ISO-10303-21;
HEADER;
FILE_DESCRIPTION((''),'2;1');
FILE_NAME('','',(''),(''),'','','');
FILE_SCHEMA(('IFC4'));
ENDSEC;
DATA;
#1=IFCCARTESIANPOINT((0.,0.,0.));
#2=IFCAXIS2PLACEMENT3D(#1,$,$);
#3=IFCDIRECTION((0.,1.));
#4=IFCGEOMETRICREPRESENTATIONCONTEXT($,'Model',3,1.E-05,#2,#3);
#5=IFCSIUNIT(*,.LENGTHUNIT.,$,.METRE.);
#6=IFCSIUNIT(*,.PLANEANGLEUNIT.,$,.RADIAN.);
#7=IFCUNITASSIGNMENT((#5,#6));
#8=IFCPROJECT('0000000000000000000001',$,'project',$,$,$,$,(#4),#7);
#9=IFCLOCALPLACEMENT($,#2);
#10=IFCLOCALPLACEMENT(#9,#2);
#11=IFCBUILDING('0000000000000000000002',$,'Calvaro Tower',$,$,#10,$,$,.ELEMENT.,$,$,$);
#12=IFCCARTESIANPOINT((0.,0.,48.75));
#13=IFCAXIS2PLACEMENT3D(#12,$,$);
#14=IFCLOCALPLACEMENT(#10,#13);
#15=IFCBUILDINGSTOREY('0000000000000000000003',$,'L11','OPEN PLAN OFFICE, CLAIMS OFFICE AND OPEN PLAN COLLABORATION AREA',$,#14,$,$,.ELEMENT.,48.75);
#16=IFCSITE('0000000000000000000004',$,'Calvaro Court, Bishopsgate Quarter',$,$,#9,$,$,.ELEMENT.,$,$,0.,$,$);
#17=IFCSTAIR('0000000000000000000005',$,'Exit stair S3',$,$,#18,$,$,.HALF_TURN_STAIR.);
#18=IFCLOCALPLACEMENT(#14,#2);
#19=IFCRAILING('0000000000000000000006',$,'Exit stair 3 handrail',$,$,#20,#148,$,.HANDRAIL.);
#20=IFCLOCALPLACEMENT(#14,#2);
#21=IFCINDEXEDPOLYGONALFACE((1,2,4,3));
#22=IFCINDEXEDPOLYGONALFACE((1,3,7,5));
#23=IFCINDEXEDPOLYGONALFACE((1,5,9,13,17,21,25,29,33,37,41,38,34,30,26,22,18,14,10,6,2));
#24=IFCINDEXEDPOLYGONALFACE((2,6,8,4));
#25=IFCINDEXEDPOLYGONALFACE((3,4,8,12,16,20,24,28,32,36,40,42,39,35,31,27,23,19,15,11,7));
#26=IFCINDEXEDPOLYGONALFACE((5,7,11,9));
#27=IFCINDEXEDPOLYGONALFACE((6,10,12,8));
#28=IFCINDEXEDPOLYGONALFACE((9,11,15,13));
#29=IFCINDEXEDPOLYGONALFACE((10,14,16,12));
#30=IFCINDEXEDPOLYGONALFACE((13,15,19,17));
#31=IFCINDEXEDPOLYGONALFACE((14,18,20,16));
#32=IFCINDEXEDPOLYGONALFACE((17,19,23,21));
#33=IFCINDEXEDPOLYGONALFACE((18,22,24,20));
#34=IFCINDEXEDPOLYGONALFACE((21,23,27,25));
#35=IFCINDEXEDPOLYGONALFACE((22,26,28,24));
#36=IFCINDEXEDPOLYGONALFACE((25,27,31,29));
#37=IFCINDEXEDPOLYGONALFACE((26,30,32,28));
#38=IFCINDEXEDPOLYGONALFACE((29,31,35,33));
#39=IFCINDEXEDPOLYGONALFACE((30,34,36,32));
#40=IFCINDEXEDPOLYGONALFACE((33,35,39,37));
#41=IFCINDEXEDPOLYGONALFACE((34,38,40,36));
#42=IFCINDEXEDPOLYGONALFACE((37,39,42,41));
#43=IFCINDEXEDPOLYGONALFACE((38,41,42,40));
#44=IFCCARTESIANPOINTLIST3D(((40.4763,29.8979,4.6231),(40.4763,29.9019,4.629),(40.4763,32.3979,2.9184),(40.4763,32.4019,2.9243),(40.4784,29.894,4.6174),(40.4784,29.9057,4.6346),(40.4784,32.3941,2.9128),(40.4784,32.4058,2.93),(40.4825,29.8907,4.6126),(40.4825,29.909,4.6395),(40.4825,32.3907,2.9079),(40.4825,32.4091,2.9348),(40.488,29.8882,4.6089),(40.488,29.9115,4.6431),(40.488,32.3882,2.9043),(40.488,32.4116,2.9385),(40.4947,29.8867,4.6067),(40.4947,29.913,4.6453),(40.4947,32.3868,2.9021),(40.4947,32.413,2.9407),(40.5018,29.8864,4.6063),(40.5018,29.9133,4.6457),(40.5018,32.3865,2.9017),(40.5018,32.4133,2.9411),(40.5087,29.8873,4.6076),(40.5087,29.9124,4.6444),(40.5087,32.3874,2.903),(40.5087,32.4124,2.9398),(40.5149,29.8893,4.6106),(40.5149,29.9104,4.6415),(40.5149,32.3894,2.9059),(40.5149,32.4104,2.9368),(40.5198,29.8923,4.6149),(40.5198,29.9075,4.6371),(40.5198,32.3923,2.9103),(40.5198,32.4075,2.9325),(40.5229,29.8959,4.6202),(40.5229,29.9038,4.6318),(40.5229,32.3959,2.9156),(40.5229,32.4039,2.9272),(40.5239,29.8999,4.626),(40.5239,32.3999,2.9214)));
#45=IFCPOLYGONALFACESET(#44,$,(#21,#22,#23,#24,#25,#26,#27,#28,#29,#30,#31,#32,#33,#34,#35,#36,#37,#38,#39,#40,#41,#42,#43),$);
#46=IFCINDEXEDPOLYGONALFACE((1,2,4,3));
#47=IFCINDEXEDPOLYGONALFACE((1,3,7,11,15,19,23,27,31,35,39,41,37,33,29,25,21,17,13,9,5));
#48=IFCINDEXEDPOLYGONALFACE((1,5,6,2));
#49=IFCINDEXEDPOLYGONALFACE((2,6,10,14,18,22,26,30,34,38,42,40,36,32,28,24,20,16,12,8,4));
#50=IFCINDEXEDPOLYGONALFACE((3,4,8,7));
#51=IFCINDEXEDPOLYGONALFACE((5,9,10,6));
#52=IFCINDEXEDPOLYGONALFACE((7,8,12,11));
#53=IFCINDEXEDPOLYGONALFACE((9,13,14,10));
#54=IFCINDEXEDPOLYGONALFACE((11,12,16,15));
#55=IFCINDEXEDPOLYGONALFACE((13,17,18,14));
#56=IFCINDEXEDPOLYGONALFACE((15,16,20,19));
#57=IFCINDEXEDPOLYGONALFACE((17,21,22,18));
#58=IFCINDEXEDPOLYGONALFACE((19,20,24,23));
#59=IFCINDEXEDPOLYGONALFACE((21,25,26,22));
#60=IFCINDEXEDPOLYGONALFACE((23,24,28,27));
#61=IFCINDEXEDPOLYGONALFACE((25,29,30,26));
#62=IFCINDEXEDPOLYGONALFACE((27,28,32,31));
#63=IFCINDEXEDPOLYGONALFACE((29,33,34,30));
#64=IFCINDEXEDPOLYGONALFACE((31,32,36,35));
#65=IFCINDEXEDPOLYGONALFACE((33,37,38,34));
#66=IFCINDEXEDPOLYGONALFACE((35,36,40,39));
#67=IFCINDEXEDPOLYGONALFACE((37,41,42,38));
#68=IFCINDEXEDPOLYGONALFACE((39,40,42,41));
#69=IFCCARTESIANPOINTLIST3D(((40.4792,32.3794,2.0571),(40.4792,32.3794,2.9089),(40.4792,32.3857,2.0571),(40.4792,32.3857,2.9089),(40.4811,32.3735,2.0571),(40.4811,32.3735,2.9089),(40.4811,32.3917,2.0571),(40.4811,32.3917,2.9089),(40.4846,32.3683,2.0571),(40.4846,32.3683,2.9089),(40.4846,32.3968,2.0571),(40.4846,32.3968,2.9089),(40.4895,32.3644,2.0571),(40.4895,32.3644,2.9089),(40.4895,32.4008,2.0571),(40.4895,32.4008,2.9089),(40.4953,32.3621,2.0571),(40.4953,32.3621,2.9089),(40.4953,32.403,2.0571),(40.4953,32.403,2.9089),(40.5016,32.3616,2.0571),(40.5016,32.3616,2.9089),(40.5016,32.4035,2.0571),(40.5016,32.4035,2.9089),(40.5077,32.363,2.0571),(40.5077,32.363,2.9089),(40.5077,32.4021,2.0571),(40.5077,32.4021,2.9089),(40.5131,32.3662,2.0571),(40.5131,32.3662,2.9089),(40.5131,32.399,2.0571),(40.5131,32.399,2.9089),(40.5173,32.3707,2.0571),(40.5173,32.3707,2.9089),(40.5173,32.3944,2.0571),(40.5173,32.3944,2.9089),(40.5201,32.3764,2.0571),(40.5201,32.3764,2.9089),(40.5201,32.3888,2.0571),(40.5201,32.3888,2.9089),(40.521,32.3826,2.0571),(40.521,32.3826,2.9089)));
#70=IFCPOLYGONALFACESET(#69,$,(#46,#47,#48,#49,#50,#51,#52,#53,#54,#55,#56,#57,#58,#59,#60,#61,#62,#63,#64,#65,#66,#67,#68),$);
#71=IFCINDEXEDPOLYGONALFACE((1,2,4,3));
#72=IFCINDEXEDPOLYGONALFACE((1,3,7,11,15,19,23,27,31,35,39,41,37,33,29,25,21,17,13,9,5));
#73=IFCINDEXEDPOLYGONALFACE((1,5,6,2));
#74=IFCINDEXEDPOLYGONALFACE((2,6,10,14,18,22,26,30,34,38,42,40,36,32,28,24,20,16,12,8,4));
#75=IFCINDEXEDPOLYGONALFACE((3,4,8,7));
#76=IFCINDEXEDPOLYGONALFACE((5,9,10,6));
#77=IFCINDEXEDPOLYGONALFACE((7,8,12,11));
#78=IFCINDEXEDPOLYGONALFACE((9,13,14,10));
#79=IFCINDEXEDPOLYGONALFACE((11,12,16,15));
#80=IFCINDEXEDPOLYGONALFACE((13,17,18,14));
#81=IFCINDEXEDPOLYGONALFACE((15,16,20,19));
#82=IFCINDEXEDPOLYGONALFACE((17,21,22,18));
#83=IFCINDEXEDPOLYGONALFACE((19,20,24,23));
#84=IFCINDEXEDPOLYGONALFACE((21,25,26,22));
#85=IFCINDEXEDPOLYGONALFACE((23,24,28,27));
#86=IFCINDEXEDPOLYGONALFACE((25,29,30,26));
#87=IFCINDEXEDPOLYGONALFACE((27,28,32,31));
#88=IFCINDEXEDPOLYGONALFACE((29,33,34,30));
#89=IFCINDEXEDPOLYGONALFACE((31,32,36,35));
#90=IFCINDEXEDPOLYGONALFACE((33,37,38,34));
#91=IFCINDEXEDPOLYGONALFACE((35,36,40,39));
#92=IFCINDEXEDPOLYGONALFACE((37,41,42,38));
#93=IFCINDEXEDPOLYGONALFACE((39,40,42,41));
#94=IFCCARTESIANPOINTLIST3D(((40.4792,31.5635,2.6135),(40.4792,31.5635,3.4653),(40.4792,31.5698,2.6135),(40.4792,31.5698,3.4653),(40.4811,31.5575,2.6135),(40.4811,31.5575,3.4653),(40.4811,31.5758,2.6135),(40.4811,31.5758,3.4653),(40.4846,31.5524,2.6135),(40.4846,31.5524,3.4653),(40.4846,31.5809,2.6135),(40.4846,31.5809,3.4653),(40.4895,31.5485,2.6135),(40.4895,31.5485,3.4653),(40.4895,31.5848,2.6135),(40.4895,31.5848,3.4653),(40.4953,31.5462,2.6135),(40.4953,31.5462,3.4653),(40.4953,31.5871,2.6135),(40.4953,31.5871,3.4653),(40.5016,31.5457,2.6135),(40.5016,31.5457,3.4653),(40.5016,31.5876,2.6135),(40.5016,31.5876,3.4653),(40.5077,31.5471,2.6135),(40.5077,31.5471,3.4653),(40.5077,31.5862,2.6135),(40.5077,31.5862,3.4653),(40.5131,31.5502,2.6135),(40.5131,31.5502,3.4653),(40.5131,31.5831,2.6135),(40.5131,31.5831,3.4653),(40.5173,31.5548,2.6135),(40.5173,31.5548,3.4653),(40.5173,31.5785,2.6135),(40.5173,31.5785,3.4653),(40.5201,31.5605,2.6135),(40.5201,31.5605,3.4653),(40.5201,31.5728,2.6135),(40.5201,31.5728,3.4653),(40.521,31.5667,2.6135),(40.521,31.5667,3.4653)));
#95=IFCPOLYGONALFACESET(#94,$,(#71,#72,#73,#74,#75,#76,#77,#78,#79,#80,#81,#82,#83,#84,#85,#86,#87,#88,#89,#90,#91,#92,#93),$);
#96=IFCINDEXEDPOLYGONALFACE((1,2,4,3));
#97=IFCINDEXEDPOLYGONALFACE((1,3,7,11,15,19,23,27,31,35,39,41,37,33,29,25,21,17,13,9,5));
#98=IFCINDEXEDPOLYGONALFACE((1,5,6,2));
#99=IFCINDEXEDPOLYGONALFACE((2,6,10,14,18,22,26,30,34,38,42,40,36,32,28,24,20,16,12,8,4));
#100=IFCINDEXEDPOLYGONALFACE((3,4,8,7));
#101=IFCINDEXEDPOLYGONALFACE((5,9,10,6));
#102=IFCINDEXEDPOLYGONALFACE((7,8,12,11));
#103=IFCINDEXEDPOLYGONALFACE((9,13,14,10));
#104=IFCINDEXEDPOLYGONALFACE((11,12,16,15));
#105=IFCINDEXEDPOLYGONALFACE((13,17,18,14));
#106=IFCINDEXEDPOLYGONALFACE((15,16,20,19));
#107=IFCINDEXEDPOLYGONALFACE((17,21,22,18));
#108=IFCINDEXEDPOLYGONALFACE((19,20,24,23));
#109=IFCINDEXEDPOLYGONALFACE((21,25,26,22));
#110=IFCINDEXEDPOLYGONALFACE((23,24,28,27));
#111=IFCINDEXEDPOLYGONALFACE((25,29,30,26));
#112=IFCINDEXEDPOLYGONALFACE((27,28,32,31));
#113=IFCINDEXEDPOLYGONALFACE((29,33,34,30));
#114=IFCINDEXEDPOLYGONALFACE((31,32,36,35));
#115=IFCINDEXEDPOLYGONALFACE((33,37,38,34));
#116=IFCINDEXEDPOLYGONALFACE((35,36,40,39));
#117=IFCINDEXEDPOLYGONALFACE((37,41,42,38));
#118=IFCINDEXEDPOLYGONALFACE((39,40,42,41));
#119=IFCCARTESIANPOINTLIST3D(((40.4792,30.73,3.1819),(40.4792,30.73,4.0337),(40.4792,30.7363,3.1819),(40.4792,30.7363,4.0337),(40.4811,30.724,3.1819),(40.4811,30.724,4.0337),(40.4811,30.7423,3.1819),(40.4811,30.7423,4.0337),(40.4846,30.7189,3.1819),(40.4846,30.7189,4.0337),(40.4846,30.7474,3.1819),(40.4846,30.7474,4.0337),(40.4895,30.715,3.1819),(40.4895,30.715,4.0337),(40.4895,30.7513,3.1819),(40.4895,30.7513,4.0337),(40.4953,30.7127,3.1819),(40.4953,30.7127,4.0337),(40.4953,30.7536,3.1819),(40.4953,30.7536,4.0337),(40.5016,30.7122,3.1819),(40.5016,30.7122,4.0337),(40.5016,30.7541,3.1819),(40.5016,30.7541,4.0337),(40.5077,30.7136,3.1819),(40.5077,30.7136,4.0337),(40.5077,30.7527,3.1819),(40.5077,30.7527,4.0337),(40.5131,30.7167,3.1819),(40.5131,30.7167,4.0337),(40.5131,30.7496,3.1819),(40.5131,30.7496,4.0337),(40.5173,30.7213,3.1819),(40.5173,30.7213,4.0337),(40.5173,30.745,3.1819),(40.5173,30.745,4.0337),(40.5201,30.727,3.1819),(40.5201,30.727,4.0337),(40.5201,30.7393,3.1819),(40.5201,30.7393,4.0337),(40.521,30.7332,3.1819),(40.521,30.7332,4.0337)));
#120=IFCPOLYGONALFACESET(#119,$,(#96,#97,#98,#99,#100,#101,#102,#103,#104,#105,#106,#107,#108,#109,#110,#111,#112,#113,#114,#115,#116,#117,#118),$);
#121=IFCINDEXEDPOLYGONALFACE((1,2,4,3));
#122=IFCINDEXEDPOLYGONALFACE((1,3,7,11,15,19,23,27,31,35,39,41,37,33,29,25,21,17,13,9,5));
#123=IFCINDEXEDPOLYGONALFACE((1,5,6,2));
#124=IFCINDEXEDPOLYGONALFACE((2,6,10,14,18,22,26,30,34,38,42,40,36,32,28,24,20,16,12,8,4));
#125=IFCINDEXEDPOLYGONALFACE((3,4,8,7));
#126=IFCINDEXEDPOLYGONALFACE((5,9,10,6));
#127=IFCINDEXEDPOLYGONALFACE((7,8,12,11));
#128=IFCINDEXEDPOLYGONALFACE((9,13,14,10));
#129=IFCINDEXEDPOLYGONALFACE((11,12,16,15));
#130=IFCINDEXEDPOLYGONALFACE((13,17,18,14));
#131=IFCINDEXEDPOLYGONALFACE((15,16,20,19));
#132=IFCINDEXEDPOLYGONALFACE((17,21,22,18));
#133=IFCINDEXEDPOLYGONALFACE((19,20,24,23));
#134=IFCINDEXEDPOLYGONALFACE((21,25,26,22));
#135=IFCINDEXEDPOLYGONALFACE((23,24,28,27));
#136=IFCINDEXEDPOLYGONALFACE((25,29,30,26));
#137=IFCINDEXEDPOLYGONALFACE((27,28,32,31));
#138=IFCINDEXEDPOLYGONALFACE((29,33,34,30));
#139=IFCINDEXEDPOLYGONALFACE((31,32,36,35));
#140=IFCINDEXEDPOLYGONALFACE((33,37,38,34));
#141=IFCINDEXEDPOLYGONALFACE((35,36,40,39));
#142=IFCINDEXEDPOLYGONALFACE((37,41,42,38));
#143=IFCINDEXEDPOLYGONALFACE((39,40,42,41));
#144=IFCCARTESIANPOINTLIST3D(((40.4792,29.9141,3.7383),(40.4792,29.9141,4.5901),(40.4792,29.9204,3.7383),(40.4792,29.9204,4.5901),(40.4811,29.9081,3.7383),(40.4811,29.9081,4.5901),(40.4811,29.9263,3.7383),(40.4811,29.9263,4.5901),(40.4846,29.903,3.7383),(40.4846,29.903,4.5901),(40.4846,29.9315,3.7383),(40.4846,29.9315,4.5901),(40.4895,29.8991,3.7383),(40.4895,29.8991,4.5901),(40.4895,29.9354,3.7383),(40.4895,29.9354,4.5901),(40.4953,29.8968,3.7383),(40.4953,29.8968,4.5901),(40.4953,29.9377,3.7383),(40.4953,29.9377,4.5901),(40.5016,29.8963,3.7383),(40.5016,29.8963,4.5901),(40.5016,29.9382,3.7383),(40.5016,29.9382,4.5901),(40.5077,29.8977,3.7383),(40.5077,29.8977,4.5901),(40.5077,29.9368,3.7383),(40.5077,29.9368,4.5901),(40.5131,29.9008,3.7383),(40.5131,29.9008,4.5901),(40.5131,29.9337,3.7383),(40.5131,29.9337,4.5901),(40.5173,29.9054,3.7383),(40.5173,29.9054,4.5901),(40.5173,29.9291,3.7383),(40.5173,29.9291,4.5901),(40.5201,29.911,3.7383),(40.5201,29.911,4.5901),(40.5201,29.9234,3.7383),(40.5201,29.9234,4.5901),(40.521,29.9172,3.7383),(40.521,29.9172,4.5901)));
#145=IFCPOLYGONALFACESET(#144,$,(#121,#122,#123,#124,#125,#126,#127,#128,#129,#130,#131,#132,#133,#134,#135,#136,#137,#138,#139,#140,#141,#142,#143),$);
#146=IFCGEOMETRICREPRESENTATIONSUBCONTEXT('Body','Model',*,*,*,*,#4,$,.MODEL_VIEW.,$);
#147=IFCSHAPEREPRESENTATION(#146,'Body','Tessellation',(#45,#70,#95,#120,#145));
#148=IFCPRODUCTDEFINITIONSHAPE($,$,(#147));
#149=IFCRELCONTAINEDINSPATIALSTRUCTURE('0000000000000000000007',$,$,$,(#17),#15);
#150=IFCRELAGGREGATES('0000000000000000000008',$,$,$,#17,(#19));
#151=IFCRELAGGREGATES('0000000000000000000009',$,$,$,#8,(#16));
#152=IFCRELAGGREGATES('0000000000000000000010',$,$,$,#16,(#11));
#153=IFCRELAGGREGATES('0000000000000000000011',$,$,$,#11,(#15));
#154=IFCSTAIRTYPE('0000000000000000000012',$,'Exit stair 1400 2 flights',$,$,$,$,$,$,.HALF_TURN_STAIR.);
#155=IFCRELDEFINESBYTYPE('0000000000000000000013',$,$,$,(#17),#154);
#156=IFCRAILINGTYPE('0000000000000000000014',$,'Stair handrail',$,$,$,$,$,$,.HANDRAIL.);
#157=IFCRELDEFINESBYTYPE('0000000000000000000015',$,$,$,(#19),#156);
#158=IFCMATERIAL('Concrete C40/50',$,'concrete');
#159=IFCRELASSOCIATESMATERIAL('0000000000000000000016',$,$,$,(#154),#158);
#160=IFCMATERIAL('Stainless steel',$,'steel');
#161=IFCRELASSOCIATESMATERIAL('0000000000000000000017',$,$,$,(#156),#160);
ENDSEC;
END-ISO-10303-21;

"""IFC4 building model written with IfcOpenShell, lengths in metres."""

from ifc_helpers import new_model, si_unit, direction, frame, origin, origin_2d, place, context, subcontext, project, spatial, circle, extrude, material, type_object, element, aggregate, save


model = new_model("IFC4")

# Units and contexts
model_context = context("Model", 3, precision=1e-05, world=origin(), true_north=direction((0.0, 1.0)))
body_context = subcontext(model_context, "Body", "Model", "MODEL_VIEW")
ifc_project = project(units=[si_unit("LENGTHUNIT", "METRE"), si_unit("PLANEANGLEUNIT", "RADIAN")], contexts=[model_context])

# Site, building, storey
site_placement = place(None, origin())
site = spatial("IfcSite", under=ifc_project, at=site_placement, Name="Calvaro Court, Bishopsgate Quarter", CompositionType="ELEMENT", RefElevation=0.0)
building_placement = place(site_placement, origin())
building = spatial("IfcBuilding", under=site, at=building_placement, Name="Calvaro Tower", CompositionType="ELEMENT")
storey_placement = place(building_placement, frame((0.0, 0.0, 48.75)))
storey = spatial("IfcBuildingStorey", under=building, at=storey_placement, Name="L11", Description="OPEN PLAN OFFICE, CLAIMS OFFICE AND OPEN PLAN COLLABORATION AREA", CompositionType="ELEMENT", Elevation=48.75)

# Stair
ifc_material_1 = material(Name="Concrete C40/50", Category="concrete")
stair_type = type_object("IfcStairType", Name="Exit stair 1400 2 flights", PredefinedType="HALF_TURN_STAIR", material=ifc_material_1)
stair_1_placement = place(storey_placement, origin())
stair_1 = element("IfcStair", 1, at=stair_1_placement, inside=storey, type_object=stair_type, Name="Exit stair S3", PredefinedType="HALF_TURN_STAIR")

# Railing
ifc_material_2 = material(Name="Stainless steel", Category="steel")
railing_type = type_object("IfcRailingType", Name="Stair handrail", PredefinedType="HANDRAIL", material=ifc_material_2)
railing_1_placement = place(storey_placement, frame((40.5, 32.3999, 2.0454)))
railing_1 = element("IfcRailing", 2, at=railing_1_placement, type_object=railing_type, Name="Exit stair 3 handrail", PredefinedType="HANDRAIL", context=body_context, shape_type="SweptSolid", body=[
    extrude(circle(Radius=0.0239, at=origin_2d()), frame((0.0, 0.0, 0.876), z_axis=(0.0, -0.826221, 0.563347), x_axis=(1.0, 0.0, 0.0)), (0.0, 0.0, 1.0), 3.0259),
    extrude(circle(Radius=0.021, at=origin_2d()), frame((0.0, -0.0173, 0.0117)), (0.0, 0.0, 1.0), 0.8518),
    extrude(circle(Radius=0.021, at=origin_2d()), frame((0.0, -0.8333, 0.5681)), (0.0, 0.0, 1.0), 0.8518),
    extrude(circle(Radius=0.021, at=origin_2d()), frame((0.0, -1.6667, 1.1365)), (0.0, 0.0, 1.0), 0.8518),
    extrude(circle(Radius=0.021, at=origin_2d()), frame((0.0, -2.4827, 1.6929)), (0.0, 0.0, 1.0), 0.8518),
])
aggregate(stair_1, [railing_1])

save(model, "model.ifc")
